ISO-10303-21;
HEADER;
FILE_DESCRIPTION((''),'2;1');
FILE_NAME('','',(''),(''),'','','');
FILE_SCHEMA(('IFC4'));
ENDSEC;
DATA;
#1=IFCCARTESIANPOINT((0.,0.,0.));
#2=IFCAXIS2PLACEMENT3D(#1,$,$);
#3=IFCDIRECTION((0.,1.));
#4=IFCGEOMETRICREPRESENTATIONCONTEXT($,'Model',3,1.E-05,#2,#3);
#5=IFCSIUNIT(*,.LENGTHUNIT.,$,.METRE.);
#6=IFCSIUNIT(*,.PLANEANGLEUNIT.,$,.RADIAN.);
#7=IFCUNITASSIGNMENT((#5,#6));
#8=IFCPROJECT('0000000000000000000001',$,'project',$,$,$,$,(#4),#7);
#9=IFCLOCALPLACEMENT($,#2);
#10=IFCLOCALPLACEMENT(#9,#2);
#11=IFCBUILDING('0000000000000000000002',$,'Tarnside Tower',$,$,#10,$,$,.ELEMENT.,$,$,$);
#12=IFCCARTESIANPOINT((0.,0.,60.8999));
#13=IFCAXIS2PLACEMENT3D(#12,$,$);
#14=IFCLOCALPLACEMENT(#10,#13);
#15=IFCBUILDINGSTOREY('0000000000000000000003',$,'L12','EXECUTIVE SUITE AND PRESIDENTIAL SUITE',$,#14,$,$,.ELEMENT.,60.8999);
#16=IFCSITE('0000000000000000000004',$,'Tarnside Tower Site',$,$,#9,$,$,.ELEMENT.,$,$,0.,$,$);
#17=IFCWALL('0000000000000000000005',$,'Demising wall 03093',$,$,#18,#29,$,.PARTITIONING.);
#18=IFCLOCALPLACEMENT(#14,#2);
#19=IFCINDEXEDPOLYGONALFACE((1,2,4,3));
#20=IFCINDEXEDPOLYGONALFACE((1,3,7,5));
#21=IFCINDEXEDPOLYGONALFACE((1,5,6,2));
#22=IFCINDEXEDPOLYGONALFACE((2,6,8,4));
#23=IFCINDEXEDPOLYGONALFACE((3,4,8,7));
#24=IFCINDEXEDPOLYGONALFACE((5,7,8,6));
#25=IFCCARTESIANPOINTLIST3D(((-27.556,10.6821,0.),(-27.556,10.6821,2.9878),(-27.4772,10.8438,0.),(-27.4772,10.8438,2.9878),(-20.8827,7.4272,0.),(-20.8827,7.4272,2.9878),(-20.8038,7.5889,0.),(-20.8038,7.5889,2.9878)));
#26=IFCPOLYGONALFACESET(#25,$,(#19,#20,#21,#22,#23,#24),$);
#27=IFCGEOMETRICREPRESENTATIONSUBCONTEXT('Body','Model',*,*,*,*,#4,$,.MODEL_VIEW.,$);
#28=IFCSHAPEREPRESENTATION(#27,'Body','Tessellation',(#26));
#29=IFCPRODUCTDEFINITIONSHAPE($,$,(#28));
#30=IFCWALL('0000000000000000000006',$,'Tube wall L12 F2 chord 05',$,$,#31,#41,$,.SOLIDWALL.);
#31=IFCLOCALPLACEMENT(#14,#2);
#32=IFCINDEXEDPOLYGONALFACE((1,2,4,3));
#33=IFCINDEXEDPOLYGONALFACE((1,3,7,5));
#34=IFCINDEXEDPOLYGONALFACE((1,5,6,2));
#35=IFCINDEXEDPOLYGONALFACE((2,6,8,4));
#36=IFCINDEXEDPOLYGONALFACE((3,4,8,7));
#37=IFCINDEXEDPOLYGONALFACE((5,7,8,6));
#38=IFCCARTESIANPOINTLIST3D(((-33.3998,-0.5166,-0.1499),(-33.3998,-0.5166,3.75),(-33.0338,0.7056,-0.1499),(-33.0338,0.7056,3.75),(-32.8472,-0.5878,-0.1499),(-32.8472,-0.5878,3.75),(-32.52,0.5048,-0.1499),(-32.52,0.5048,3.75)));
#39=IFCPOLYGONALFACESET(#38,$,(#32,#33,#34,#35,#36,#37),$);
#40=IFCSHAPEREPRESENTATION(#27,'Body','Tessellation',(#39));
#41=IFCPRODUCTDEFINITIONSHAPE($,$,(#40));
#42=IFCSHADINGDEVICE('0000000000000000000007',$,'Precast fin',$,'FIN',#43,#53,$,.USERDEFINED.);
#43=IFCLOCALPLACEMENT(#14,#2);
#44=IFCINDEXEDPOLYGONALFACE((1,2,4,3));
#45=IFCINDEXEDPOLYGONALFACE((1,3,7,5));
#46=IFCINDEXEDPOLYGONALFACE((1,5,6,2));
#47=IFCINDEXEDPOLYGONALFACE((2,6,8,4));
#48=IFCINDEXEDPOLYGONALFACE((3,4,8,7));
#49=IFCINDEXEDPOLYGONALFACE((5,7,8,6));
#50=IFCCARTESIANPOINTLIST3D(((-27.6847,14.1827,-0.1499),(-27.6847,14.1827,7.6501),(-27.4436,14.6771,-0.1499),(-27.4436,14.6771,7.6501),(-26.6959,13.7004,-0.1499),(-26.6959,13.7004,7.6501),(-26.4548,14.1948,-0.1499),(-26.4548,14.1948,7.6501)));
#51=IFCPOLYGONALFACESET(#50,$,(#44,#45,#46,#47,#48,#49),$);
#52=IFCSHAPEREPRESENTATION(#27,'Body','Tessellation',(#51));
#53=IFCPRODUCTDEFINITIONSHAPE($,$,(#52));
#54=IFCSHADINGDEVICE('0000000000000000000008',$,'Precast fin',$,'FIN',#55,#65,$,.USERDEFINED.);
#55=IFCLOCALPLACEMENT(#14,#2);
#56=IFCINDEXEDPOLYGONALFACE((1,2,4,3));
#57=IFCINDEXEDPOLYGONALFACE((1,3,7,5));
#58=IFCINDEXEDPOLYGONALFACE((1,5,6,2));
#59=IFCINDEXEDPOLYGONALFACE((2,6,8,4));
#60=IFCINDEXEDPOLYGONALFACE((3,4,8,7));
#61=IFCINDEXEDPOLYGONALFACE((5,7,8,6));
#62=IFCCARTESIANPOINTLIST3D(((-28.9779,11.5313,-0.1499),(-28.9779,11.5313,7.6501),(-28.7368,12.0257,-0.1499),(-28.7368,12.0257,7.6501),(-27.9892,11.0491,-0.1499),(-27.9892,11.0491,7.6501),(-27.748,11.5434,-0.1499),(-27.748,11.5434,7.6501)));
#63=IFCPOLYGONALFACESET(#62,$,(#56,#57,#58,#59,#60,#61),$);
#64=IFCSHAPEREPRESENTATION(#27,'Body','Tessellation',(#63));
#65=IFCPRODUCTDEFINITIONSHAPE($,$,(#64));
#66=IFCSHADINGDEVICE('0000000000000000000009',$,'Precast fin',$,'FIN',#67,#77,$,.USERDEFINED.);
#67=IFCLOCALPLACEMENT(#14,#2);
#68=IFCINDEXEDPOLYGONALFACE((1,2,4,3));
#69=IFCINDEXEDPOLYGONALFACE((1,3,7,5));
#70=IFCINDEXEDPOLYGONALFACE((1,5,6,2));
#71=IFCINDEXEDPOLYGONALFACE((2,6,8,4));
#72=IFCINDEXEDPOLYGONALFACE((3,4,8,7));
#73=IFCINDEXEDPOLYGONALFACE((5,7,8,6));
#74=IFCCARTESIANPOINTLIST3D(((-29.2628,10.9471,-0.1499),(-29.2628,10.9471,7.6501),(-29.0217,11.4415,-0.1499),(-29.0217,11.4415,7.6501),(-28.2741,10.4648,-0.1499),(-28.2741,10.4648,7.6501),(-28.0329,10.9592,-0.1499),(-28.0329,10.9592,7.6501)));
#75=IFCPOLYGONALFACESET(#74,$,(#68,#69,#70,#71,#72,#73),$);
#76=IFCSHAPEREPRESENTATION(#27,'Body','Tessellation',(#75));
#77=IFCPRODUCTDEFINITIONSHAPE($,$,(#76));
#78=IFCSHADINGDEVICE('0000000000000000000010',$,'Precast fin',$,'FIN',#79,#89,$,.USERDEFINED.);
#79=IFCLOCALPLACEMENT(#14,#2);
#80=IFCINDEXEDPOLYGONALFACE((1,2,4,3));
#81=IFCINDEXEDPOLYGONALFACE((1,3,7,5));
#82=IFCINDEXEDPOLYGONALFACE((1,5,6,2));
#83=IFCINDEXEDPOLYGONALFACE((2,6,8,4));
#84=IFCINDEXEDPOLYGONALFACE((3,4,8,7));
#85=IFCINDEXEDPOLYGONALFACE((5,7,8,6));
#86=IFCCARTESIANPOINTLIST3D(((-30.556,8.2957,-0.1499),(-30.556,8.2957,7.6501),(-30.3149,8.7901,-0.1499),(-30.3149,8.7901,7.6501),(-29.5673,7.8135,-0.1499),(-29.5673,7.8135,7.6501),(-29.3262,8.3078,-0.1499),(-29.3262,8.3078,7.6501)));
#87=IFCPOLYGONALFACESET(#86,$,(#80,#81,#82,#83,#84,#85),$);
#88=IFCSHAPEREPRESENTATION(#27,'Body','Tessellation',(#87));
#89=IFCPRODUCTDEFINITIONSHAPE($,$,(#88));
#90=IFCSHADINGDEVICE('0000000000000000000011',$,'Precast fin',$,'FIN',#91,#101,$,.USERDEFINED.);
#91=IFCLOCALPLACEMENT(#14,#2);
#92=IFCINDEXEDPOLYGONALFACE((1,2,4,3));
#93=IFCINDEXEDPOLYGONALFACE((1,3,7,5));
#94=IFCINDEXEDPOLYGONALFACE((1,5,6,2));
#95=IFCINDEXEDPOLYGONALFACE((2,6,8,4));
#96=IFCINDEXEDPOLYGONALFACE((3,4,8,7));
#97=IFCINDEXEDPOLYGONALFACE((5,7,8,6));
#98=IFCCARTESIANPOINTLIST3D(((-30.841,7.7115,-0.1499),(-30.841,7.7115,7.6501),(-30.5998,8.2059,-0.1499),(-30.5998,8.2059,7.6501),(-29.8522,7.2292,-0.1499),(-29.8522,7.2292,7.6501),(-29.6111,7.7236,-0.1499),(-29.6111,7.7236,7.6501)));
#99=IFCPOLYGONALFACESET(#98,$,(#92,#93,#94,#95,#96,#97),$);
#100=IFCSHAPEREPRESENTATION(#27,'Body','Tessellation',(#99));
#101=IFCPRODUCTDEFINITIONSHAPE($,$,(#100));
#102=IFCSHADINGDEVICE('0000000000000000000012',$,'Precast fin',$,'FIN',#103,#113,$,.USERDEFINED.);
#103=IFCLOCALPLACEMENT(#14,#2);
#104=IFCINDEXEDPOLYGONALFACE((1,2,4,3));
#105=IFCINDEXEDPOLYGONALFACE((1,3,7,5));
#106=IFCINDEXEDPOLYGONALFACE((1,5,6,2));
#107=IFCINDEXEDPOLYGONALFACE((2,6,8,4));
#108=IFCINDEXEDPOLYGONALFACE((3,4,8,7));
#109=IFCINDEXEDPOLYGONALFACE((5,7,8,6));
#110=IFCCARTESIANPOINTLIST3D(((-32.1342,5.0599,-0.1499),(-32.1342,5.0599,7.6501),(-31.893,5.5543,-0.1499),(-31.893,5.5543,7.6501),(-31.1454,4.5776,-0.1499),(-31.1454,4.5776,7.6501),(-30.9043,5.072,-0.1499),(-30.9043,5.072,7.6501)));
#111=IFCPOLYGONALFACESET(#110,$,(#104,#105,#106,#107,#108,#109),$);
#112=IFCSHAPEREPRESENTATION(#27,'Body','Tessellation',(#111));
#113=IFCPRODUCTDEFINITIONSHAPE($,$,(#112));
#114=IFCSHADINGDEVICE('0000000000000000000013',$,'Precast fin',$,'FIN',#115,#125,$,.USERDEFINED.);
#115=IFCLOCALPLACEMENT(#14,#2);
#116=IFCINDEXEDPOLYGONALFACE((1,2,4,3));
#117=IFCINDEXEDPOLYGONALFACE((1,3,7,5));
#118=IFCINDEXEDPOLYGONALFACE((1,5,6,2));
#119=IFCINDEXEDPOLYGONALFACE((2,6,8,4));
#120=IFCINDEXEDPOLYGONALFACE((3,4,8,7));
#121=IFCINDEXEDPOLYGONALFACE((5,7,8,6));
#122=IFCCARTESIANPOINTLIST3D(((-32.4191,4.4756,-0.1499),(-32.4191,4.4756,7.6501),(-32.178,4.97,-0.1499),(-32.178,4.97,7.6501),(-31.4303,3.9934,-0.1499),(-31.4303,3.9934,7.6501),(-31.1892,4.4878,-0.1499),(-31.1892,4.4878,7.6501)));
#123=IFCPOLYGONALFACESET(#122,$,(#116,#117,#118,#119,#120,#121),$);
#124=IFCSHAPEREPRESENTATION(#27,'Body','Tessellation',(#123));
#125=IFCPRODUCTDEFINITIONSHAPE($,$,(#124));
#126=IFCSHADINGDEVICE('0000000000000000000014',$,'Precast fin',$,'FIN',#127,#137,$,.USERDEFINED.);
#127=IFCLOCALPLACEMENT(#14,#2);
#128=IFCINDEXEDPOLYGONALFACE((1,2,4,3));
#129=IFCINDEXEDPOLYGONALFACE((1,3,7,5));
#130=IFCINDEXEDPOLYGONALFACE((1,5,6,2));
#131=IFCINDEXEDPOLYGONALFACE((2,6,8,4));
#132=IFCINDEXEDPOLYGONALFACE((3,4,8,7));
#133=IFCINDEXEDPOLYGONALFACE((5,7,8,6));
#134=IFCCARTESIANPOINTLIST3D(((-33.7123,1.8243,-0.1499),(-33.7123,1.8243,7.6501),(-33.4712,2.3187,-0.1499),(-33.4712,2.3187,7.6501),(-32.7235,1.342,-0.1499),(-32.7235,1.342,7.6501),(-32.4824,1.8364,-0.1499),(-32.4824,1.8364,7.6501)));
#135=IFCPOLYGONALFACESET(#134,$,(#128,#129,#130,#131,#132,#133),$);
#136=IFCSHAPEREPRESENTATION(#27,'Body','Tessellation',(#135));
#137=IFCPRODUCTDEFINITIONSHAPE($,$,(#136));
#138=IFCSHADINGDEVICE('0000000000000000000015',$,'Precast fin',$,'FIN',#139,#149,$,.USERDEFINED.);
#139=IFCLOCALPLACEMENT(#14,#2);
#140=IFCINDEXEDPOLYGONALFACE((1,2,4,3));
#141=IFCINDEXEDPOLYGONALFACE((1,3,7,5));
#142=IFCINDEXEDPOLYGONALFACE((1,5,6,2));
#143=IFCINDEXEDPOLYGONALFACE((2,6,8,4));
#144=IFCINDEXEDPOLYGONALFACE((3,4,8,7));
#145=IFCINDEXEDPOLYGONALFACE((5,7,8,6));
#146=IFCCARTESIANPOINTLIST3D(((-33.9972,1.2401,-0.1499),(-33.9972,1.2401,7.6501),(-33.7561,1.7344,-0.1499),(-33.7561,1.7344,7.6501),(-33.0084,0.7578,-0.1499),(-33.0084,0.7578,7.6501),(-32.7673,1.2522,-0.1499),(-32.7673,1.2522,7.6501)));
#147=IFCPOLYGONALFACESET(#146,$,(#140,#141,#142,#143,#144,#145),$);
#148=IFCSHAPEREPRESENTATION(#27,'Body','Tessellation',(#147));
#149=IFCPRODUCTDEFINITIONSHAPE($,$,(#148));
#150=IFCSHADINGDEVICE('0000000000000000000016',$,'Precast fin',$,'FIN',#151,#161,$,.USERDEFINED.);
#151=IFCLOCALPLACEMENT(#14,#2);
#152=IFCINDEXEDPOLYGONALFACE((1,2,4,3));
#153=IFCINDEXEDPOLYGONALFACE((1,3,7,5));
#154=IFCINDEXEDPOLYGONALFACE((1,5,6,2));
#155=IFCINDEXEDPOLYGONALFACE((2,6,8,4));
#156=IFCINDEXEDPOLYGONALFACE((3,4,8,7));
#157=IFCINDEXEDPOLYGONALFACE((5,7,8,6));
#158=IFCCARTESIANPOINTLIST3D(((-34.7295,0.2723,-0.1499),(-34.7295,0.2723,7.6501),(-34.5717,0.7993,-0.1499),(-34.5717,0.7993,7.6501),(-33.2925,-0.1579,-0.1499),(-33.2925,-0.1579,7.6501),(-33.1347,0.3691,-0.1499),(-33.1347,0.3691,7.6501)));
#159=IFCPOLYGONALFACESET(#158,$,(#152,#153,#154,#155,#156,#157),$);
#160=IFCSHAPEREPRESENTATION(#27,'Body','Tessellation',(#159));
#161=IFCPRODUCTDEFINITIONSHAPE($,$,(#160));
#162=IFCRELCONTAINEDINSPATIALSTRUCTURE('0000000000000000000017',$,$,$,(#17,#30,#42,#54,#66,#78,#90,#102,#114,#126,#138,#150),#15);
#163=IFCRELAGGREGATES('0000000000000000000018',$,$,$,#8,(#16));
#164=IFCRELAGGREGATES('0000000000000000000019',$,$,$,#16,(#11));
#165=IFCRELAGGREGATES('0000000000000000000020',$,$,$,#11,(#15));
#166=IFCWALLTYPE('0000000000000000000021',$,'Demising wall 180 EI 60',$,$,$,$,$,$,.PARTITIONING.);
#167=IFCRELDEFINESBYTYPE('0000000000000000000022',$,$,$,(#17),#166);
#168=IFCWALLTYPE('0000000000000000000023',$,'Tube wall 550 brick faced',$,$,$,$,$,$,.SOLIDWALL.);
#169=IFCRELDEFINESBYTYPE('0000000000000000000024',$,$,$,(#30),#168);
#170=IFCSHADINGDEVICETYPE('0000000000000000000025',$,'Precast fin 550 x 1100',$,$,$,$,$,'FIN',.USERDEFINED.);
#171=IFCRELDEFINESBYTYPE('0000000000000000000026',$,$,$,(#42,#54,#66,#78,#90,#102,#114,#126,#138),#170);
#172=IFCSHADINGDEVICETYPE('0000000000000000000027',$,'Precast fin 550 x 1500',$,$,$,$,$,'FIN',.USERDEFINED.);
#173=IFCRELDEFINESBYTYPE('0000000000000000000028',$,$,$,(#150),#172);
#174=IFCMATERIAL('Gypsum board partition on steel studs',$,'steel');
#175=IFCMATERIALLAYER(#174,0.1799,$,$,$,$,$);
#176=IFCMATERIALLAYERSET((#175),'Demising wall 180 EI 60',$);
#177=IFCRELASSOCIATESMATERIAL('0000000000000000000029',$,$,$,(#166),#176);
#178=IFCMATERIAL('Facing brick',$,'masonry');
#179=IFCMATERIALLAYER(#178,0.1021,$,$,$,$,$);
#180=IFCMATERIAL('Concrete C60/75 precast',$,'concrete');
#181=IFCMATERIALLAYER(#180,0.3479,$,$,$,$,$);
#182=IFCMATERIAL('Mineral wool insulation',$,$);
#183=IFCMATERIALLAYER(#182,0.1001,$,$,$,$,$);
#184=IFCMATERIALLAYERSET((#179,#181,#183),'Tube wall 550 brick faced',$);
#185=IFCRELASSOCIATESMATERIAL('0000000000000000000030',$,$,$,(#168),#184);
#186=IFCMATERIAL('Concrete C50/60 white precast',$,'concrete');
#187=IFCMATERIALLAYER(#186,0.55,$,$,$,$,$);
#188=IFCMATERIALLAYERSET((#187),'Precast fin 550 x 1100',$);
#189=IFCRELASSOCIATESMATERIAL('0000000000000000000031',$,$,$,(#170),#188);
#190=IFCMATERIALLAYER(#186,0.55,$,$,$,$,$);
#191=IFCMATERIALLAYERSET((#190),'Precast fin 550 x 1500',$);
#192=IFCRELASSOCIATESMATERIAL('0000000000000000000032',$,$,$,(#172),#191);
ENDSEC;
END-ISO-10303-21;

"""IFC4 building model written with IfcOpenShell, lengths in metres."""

from ifc_helpers import new_model, si_unit, direction, frame, frame_2d, origin, place, context, subcontext, project, spatial, polyline, rectangle, outline, extrude, material, layer, layer_set, type_object, element, save


model = new_model("IFC4")

# Units and contexts
model_context = context("Model", 3, precision=1e-05, world=origin(), true_north=direction((0.0, 1.0)))
body_context = subcontext(model_context, "Body", "Model", "MODEL_VIEW")
ifc_project = project(units=[si_unit("LENGTHUNIT", "METRE"), si_unit("PLANEANGLEUNIT", "RADIAN")], contexts=[model_context])

# Site, building, storey
site_placement = place(None, origin())
site = spatial("IfcSite", under=ifc_project, at=site_placement, Name="Tarnside Tower Site", CompositionType="ELEMENT", RefElevation=0.0)
building_placement = place(site_placement, origin())
building = spatial("IfcBuilding", under=site, at=building_placement, Name="Tarnside Tower", CompositionType="ELEMENT")
storey_placement = place(building_placement, frame((0.0, 0.0, 60.8999)))
storey = spatial("IfcBuildingStorey", under=building, at=storey_placement, Name="L12", Description="EXECUTIVE SUITE AND PRESIDENTIAL SUITE", CompositionType="ELEMENT", Elevation=60.8999)

# Shared definitions
ifc_material_1 = material(Name="Gypsum board partition on steel studs", Category="steel")

# Walls
ifc_layer_1 = layer(ifc_material_1, 0.1799)
ifc_layer_set_1 = layer_set([ifc_layer_1], Name="Demising wall 180 EI 60")
wall_type_1 = type_object("IfcWallType", Name="Demising wall 180 EI 60", PredefinedType="PARTITIONING", material=ifc_layer_set_1)
wall_1_placement = place(storey_placement, frame((-27.5166, 10.7629, 0.0), z_axis=(0.0, 0.0, 1.0), x_axis=(0.89879, -0.43838, 0.0)))
element("IfcWall", 1, at=wall_1_placement, inside=storey, type_object=wall_type_1, Name="Demising wall 03093", PredefinedType="PARTITIONING", context=body_context, shape_type="SweptSolid", body=[
    extrude(rectangle(XDim=7.4248, YDim=0.1799, at=frame_2d((3.7124, 0.0))), origin(), (0.0, 0.0, 1.0), 2.9878),
])
ifc_material_2 = material(Name="Facing brick", Category="masonry")
ifc_layer_2 = layer(ifc_material_2, 0.1021)
ifc_material_3 = material(Name="Concrete C60/75 precast", Category="concrete")
ifc_layer_3 = layer(ifc_material_3, 0.3479)
ifc_material_4 = material(Name="Mineral wool insulation")
ifc_layer_4 = layer(ifc_material_4, 0.1001)
ifc_layer_set_2 = layer_set([ifc_layer_2, ifc_layer_3, ifc_layer_4], Name="Tube wall 550 brick faced")
wall_type_2 = type_object("IfcWallType", Name="Tube wall 550 brick faced", PredefinedType="SOLIDWALL", material=ifc_layer_set_2)
wall_2_placement = place(storey_placement, frame((-32.7769, 0.6052, -0.1499), z_axis=(0.0, 0.0, 1.0), x_axis=(-0.286921, -0.957954, 0.0)))
element("IfcWall", 2, at=wall_2_placement, inside=storey, type_object=wall_type_2, Name="Tube wall L12 F2 chord 05", PredefinedType="SOLIDWALL", context=body_context, shape_type="SweptSolid", body=[
    extrude(outline(polyline([(-0.0225, -0.2749), (1.2534, -0.2749), (1.1631, 0.2749), (0.0225, 0.2749), (-0.0225, -0.2749)])), origin(), (0.0, 0.0, 1.0), 3.8999),
])

# Shading devices
ifc_material_5 = material(Name="Concrete C50/60 white precast", Category="concrete")
ifc_layer_5 = layer(ifc_material_5, 0.55)
ifc_layer_set_3 = layer_set([ifc_layer_5], Name="Precast fin 550 x 1100")
shading_device_type_1 = type_object("IfcShadingDeviceType", Name="Precast fin 550 x 1100", ElementType="FIN", PredefinedType="USERDEFINED", material=ifc_layer_set_3)
for number, where, z_axis, x_axis, name in (
    (3, (-26.5754, 13.9475, -0.1499), (0.438371, 0.898794, 0.0), (-0.898794, 0.438371, 0.0), "Precast fin"),
    (4, (-27.8687, 11.2961, -0.1499), (0.438371, 0.898794, 0.0), (-0.898794, 0.438371, 0.0), "Precast fin"),
    (5, (-28.1536, 10.7119, -0.1499), (0.438371, 0.898794, 0.0), (-0.898794, 0.438371, 0.0), "Precast fin"),
    (6, (-29.4468, 8.0605, -0.1499), (0.438371, 0.898794, 0.0), (-0.898794, 0.438371, 0.0), "Precast fin"),
    (7, (-29.7317, 7.4763, -0.1499), (0.438371, 0.898794, 0.0), (-0.898794, 0.438371, 0.0), "Precast fin"),
    (8, (-31.0249, 4.8247, -0.1499), (0.438371, 0.898794, 0.0), (-0.898794, 0.438371, 0.0), "Precast fin"),
    (9, (-31.3098, 4.2405, -0.1499), (0.438371, 0.898794, 0.0), (-0.898794, 0.438371, 0.0), "Precast fin"),
    (10, (-32.603, 1.5891, -0.1499), (0.438371, 0.898794, 0.0), (-0.898794, 0.438371, 0.0), "Precast fin"),
    (11, (-32.8879, 1.0049, -0.1499), (0.438371, 0.898794, 0.0), (-0.898794, 0.438371, 0.0), "Precast fin"),
):
    element("IfcShadingDevice", number, at=place(storey_placement, frame(where, z_axis=z_axis, x_axis=x_axis)), inside=storey, type_object=shading_device_type_1, Name=name, ObjectType="FIN", PredefinedType="USERDEFINED", context=body_context, shape_type="SweptSolid", body=[
        extrude(outline(polyline([(0.0, 0.0), (1.1001, 0.0), (1.1001, 7.8), (0.0, 7.8), (0.0, 0.0)])), frame((0.0, 0.0, -0.2749)), (0.0, 0.0, 1.0), 0.55),
    ])
ifc_layer_6 = layer(ifc_material_5, 0.55)
ifc_layer_set_4 = layer_set([ifc_layer_6], Name="Precast fin 550 x 1500")
shading_device_type_2 = type_object("IfcShadingDeviceType", Name="Precast fin 550 x 1500", ElementType="FIN", PredefinedType="USERDEFINED", material=ifc_layer_set_4)
shading_device_placement = place(storey_placement, frame((-33.2136, 0.1055, -0.1499), z_axis=(0.286803, 0.95799, 0.0), x_axis=(-0.95799, 0.286803, 0.0)))
element("IfcShadingDevice", 12, at=shading_device_placement, inside=storey, type_object=shading_device_type_2, Name="Precast fin", ObjectType="FIN", PredefinedType="USERDEFINED", context=body_context, shape_type="SweptSolid", body=[
    extrude(outline(polyline([(0.0, 0.0), (1.5, 0.0), (1.5, 7.8), (0.0, 7.8), (0.0, 0.0)])), frame((0.0, 0.0, -0.2749)), (0.0, 0.0, 1.0), 0.55),
])

save(model, "model.ifc")
